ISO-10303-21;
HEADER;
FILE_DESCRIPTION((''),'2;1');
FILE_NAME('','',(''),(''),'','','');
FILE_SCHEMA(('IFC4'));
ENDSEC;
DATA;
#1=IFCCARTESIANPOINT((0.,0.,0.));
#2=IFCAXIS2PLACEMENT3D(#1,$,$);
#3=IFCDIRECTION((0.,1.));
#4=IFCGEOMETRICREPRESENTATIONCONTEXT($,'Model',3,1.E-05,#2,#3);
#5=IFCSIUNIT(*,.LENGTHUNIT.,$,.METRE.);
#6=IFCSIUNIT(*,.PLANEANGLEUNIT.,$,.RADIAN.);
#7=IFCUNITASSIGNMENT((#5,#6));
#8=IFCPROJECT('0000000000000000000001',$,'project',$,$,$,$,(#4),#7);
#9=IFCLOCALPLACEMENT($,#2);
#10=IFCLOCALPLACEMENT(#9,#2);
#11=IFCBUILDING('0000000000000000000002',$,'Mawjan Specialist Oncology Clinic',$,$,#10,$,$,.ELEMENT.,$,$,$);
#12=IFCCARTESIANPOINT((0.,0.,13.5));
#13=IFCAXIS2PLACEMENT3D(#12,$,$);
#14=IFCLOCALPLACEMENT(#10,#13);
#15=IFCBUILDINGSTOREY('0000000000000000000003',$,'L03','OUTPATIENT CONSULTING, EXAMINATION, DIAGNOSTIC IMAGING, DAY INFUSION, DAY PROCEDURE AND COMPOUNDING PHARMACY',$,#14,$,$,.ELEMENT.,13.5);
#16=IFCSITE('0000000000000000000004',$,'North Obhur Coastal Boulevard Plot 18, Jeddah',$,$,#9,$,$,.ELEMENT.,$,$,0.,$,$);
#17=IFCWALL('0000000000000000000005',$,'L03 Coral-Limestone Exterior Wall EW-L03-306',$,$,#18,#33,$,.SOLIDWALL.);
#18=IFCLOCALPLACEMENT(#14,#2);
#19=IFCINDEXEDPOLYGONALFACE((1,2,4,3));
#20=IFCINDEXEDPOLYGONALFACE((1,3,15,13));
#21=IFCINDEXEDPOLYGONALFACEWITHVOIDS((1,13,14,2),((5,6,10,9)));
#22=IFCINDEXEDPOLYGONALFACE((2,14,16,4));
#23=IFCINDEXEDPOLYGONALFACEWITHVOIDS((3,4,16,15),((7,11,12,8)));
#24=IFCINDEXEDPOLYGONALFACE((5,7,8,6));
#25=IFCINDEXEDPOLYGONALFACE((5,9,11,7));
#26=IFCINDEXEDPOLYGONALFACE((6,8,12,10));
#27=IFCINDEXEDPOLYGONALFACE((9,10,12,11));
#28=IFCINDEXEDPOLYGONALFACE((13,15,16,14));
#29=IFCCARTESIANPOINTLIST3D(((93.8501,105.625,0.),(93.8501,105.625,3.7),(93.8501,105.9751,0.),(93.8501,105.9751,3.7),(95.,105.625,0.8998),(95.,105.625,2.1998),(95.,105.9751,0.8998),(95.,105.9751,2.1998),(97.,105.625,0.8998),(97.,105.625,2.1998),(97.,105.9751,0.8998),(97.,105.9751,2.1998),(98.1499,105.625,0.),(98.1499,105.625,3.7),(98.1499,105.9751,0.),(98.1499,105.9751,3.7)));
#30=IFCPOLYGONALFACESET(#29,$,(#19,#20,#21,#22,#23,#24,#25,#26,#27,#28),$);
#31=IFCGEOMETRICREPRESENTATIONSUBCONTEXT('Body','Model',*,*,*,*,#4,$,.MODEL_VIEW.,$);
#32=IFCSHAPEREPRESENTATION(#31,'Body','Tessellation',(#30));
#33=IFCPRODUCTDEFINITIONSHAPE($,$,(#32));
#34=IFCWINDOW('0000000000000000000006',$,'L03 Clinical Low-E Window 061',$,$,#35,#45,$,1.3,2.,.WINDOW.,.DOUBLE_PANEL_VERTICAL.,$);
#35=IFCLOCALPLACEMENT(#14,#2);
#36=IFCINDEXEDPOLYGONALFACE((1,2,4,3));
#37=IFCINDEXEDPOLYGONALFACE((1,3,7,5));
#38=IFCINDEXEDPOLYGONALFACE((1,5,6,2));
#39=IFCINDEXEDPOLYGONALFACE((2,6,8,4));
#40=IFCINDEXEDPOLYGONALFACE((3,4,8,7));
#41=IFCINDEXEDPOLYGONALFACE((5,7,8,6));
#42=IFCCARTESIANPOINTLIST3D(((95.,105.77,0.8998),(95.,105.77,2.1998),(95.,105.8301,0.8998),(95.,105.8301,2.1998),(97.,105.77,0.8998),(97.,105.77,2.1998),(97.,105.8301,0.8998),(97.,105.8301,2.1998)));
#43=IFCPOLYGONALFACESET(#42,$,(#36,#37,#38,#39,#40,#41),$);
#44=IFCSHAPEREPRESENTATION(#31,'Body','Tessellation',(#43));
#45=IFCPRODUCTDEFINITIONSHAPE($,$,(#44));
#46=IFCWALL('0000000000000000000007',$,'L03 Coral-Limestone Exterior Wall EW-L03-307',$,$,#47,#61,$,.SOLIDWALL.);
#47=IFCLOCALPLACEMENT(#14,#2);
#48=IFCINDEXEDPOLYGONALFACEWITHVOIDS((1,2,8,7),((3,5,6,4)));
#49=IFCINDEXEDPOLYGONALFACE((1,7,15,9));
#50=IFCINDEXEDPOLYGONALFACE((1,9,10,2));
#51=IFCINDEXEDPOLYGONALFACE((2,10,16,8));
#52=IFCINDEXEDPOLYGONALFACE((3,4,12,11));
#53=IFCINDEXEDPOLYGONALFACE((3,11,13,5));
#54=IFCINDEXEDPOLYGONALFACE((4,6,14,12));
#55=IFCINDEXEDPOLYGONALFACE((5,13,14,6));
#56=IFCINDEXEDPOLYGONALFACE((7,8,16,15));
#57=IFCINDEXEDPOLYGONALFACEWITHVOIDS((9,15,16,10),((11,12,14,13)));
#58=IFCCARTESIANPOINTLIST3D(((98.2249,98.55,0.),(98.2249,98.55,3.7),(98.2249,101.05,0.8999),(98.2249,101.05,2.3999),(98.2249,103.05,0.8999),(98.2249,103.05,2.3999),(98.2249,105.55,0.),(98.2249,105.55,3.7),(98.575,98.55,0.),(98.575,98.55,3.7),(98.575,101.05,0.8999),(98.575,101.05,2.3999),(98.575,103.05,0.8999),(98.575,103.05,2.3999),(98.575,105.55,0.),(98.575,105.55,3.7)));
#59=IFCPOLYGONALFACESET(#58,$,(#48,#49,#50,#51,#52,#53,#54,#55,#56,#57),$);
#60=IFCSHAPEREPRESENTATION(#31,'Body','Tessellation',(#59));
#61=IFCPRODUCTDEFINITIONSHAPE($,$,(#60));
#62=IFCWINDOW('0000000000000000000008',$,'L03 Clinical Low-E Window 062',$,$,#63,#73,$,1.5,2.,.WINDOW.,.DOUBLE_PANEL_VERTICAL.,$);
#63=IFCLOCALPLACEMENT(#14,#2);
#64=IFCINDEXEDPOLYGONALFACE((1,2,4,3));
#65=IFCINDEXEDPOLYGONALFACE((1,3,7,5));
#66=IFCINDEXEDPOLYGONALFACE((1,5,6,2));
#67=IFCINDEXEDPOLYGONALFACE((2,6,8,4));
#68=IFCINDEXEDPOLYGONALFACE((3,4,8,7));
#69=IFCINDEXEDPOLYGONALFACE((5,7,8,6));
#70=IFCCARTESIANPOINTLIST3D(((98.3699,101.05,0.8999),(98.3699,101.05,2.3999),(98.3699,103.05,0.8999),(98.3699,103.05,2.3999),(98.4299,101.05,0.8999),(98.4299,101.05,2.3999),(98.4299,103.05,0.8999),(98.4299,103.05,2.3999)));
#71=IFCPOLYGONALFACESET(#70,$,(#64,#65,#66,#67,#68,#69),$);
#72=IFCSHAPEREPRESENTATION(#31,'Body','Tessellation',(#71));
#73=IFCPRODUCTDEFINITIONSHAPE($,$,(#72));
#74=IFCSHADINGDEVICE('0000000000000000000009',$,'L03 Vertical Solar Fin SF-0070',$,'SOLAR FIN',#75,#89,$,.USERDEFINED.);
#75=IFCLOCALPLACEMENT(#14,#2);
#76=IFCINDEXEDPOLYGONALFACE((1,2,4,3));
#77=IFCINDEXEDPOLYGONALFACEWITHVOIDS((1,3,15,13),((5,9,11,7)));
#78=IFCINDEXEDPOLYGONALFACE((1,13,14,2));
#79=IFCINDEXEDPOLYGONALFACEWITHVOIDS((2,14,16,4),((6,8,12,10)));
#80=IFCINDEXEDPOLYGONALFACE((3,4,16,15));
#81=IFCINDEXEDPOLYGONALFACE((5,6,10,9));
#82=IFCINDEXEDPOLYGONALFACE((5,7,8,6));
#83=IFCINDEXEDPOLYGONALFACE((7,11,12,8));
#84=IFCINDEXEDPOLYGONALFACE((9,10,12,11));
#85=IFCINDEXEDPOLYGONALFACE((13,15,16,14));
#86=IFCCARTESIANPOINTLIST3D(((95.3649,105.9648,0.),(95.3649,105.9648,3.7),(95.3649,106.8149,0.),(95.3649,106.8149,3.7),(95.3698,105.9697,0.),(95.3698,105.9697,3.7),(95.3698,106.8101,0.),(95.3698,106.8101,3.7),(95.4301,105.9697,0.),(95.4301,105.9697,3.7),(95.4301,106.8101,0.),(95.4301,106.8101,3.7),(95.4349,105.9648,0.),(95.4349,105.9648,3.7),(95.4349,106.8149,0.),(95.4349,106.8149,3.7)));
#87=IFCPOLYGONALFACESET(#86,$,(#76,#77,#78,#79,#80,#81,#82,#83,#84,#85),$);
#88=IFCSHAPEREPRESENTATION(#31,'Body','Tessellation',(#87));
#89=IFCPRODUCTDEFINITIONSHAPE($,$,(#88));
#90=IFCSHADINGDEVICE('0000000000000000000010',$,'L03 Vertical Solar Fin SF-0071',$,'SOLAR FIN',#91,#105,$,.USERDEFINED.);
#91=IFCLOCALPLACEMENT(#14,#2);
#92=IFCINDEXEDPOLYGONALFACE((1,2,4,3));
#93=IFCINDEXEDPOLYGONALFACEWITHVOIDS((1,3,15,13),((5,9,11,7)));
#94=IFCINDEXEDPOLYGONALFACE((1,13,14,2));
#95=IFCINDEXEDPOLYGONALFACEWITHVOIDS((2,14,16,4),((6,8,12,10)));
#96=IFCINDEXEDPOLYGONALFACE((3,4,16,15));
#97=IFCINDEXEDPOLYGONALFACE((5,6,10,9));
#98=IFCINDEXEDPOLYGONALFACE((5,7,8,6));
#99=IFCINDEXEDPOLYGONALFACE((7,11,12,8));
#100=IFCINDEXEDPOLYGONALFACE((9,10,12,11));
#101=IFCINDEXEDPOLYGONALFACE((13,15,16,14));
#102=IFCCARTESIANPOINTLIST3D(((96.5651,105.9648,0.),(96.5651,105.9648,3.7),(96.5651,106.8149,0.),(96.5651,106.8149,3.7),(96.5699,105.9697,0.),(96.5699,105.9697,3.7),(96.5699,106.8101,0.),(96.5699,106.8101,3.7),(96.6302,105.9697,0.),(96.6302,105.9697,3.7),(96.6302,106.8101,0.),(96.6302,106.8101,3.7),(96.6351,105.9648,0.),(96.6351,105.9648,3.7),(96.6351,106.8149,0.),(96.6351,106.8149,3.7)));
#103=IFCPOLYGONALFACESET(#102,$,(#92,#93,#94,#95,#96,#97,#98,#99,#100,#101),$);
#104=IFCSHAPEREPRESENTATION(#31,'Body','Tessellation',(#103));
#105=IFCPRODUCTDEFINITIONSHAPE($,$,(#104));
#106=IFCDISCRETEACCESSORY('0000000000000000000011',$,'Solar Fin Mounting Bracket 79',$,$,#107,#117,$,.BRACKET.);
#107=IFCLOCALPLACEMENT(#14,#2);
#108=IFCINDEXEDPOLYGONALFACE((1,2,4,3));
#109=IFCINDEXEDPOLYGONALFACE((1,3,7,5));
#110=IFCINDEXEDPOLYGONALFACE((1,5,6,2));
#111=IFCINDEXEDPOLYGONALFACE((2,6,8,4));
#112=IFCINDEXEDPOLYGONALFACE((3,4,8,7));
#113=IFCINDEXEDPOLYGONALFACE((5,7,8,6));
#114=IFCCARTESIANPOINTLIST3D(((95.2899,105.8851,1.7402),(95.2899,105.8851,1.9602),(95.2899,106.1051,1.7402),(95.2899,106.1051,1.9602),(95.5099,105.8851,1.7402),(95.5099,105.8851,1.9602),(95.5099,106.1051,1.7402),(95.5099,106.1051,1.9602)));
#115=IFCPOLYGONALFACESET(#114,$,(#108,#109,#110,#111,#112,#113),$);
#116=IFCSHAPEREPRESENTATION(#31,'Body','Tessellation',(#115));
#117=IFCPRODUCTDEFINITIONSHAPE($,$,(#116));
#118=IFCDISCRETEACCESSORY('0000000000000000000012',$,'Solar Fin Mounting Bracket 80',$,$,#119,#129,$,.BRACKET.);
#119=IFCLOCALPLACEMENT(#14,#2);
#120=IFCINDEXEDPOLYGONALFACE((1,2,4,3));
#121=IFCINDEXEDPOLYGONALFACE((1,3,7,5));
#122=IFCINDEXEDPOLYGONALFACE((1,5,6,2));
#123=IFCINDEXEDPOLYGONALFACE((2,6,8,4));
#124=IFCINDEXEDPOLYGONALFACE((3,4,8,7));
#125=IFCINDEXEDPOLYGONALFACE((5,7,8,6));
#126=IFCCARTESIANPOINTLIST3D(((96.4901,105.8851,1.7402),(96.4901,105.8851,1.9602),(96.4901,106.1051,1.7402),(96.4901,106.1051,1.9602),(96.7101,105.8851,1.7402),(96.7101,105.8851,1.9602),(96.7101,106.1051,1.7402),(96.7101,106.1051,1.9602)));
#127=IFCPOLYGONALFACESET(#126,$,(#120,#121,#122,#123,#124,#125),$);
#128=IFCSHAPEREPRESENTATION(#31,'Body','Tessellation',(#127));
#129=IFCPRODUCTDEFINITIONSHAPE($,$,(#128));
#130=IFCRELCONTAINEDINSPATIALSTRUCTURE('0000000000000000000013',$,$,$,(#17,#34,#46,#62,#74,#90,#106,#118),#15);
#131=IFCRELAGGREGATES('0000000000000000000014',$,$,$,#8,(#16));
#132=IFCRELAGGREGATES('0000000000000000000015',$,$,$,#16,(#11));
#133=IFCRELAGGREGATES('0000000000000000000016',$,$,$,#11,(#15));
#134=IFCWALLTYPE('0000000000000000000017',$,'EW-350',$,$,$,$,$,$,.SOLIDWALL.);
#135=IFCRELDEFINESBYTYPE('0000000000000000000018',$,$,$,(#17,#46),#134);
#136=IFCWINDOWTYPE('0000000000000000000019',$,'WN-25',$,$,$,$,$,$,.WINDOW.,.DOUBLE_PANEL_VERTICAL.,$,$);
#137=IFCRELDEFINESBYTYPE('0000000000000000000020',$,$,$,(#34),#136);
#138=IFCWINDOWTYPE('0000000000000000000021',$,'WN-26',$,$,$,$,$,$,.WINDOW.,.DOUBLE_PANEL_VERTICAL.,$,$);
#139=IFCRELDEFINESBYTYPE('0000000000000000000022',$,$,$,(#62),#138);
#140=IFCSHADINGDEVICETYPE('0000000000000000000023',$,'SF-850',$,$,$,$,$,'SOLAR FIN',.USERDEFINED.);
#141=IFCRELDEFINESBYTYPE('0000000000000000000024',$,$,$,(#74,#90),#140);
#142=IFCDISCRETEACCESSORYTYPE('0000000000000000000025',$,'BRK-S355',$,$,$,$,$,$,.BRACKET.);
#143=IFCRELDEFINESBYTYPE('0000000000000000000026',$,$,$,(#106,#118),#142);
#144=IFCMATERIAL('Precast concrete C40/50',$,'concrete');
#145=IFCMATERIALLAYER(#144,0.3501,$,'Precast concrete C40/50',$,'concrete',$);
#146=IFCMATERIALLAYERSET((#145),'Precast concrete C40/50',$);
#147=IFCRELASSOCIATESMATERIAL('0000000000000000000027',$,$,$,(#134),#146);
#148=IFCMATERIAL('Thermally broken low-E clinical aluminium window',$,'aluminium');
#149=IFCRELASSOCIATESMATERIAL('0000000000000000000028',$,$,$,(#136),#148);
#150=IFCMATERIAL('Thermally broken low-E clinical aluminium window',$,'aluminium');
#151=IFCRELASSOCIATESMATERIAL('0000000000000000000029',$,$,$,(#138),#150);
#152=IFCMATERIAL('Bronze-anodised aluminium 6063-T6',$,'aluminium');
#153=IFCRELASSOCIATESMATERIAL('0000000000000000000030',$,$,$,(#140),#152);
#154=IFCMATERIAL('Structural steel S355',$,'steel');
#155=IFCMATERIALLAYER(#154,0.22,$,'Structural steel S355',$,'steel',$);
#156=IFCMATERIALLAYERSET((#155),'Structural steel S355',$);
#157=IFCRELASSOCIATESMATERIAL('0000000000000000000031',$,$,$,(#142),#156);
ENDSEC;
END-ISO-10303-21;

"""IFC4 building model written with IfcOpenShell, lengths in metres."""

from ifc_helpers import new_model, si_unit, direction, frame, frame_2d, origin, origin_2d, place, context, subcontext, project, spatial, rectangle, hollow_rectangle, extrude, material, layer, layer_set, material_profile, profile_set, type_object, element, fill, save


model = new_model("IFC4")

# Units and contexts
model_context = context("Model", 3, precision=1e-05, world=origin(), true_north=direction((0.0, 1.0)))
body_context = subcontext(model_context, "Body", "Model", "MODEL_VIEW")
ifc_project = project(units=[si_unit("LENGTHUNIT", "METRE"), si_unit("PLANEANGLEUNIT", "RADIAN")], contexts=[model_context])

# Site, building, storey
site_placement = place(None, origin())
site = spatial("IfcSite", under=ifc_project, at=site_placement, Name="North Obhur Coastal Boulevard Plot 18, Jeddah", CompositionType="ELEMENT", RefElevation=0.0)
building_placement = place(site_placement, origin())
building = spatial("IfcBuilding", under=site, at=building_placement, Name="Mawjan Specialist Oncology Clinic", CompositionType="ELEMENT")
storey_placement = place(building_placement, frame((0.0, 0.0, 13.5)))
storey = spatial("IfcBuildingStorey", under=building, at=storey_placement, Name="L03", Description="OUTPATIENT CONSULTING, EXAMINATION, DIAGNOSTIC IMAGING, DAY INFUSION, DAY PROCEDURE AND COMPOUNDING PHARMACY", CompositionType="ELEMENT", Elevation=13.5)

# Shared definitions
ifc_material_1 = material(Name="Precast concrete C40/50", Category="concrete")
ifc_layer_1 = layer(ifc_material_1, 0.3501, Name="Precast concrete C40/50", Category="concrete")
ifc_layer_set_1 = layer_set([ifc_layer_1], Name="Precast concrete C40/50")
wall_type = type_object("IfcWallType", Name="EW-350", PredefinedType="SOLIDWALL", material=ifc_layer_set_1)

# Walls, openings, windows
wall_1_placement = place(storey_placement, frame((93.8501, 105.8, 0.0), z_axis=(0.0, 0.0, 1.0), x_axis=(1.0, 0.0, 0.0)))
wall_1 = element("IfcWall", 1, at=wall_1_placement, inside=storey, type_object=wall_type, Name="L03 Coral-Limestone Exterior Wall EW-L03-306", PredefinedType="SOLIDWALL", context=body_context, shape_type="SweptSolid", body=[
    extrude(rectangle(XDim=4.2998, YDim=0.3501, at=frame_2d((2.1499, 0.0))), origin(), (0.0, 0.0, 1.0), 3.7),
])
opening_1_placement = place(wall_1_placement, frame((1.1499, 0.0, 0.8999)))
opening_1 = element("IfcOpeningElement", 2, at=opening_1_placement, cuts=wall_1, PredefinedType="OPENING", context=body_context, shape_type="SweptSolid", body=[
    extrude(rectangle(XDim=2.0, YDim=1.3, at=frame_2d((1.0, 0.6499))), frame((0.0, 0.187, 0.0), z_axis=(0.0, -1.0, 0.0), x_axis=(1.0, 0.0, 0.0)), (0.0, 0.0, 1.0), 0.374),
])
ifc_material_2 = material(Name="Thermally broken low-E clinical aluminium window", Category="aluminium")
window_type_1 = type_object("IfcWindowType", Name="WN-25", PartitioningType="DOUBLE_PANEL_VERTICAL", PredefinedType="WINDOW", material=ifc_material_2)
window_1_placement = place(opening_1_placement, origin())
window_1 = element("IfcWindow", 3, at=window_1_placement, inside=storey, type_object=window_type_1, Name="L03 Clinical Low-E Window 061", OverallHeight=1.3, OverallWidth=2.0, PartitioningType="DOUBLE_PANEL_VERTICAL", PredefinedType="WINDOW", context=body_context, shape_type="SweptSolid", body=[
    extrude(rectangle(XDim=2.0, YDim=1.3, at=frame_2d((1.0, 0.6499))), frame((0.0, 0.03, 0.0), z_axis=(0.0, -1.0, 0.0), x_axis=(1.0, 0.0, 0.0)), (0.0, 0.0, 1.0), 0.0601),
])
fill(opening_1, window_1)
wall_2_placement = place(storey_placement, frame((98.3999, 105.55, 0.0), z_axis=(0.0, 0.0, 1.0), x_axis=(0.0, -1.0, 0.0)))
wall_2 = element("IfcWall", 4, at=wall_2_placement, inside=storey, type_object=wall_type, Name="L03 Coral-Limestone Exterior Wall EW-L03-307", PredefinedType="SOLIDWALL", context=body_context, shape_type="SweptSolid", body=[
    extrude(rectangle(XDim=7.0, YDim=0.3501, at=frame_2d((3.5, 0.0))), origin(), (0.0, 0.0, 1.0), 3.7),
])
opening_2_placement = place(wall_2_placement, frame((2.5, 0.0, 0.8999)))
opening_2 = element("IfcOpeningElement", 5, at=opening_2_placement, cuts=wall_2, PredefinedType="OPENING", context=body_context, shape_type="SweptSolid", body=[
    extrude(rectangle(XDim=2.0, YDim=1.5, at=frame_2d((1.0, 0.75))), frame((0.0, 0.187, 0.0), z_axis=(0.0, -1.0, 0.0), x_axis=(1.0, 0.0, 0.0)), (0.0, 0.0, 1.0), 0.374),
])
ifc_material_3 = material(Name="Thermally broken low-E clinical aluminium window", Category="aluminium")
window_type_2 = type_object("IfcWindowType", Name="WN-26", PartitioningType="DOUBLE_PANEL_VERTICAL", PredefinedType="WINDOW", material=ifc_material_3)
window_2_placement = place(opening_2_placement, origin())
window_2 = element("IfcWindow", 6, at=window_2_placement, inside=storey, type_object=window_type_2, Name="L03 Clinical Low-E Window 062", OverallHeight=1.5, OverallWidth=2.0, PartitioningType="DOUBLE_PANEL_VERTICAL", PredefinedType="WINDOW", context=body_context, shape_type="SweptSolid", body=[
    extrude(rectangle(XDim=2.0, YDim=1.5, at=frame_2d((1.0, 0.75))), frame((0.0, 0.03, 0.0), z_axis=(0.0, -1.0, 0.0), x_axis=(1.0, 0.0, 0.0)), (0.0, 0.0, 1.0), 0.0601),
])
fill(opening_2, window_2)

# Shading devices
ifc_material_4 = material(Name="Bronze-anodised aluminium 6063-T6", Category="aluminium")
ifc_material_profile_1 = material_profile(ifc_material_4, hollow_rectangle(XDim=0.0701, YDim=0.8501, WallThickness=0.0049, at=origin_2d()), Name="FIN 850x70x5", Category="aluminium")
ifc_profile_set_1 = profile_set([ifc_material_profile_1], Name="Bronze-anodised aluminium 6063-T6")
shading_device_type = type_object("IfcShadingDeviceType", Name="SF-850", ElementType="SOLAR FIN", PredefinedType="USERDEFINED", material=ifc_profile_set_1)
for number, where, z_axis, x_axis, name in (
    (7, (95.3999, 106.3899, 0.0), (0.0, 0.0, 1.0), (1.0, 0.0, 0.0), "L03 Vertical Solar Fin SF-0070"),
    (8, (96.6001, 106.3899, 0.0), (0.0, 0.0, 1.0), (1.0, 0.0, 0.0), "L03 Vertical Solar Fin SF-0071"),
):
    element("IfcShadingDevice", number, at=place(storey_placement, frame(where, z_axis=z_axis, x_axis=x_axis)), inside=storey, type_object=shading_device_type, Name=name, ObjectType="SOLAR FIN", PredefinedType="USERDEFINED", context=body_context, shape_type="SweptSolid", body=[
        extrude(hollow_rectangle(XDim=0.0701, YDim=0.8501, WallThickness=0.0049, at=origin_2d()), origin(), (0.0, 0.0, 1.0), 3.7),
    ])

# Discrete accessories
ifc_material_5 = material(Name="Structural steel S355", Category="steel")
ifc_layer_2 = layer(ifc_material_5, 0.22, Name="Structural steel S355", Category="steel")
ifc_layer_set_2 = layer_set([ifc_layer_2], Name="Structural steel S355")
discrete_accessory_type = type_object("IfcDiscreteAccessoryType", Name="BRK-S355", PredefinedType="BRACKET", material=ifc_layer_set_2)
for number, where, z_axis, x_axis, name in (
    (9, (95.3999, 105.9951, 1.7402), (0.0, 0.0, 1.0), (1.0, 0.0, 0.0), "Solar Fin Mounting Bracket 79"),
    (10, (96.6001, 105.9951, 1.7402), (0.0, 0.0, 1.0), (1.0, 0.0, 0.0), "Solar Fin Mounting Bracket 80"),
):
    element("IfcDiscreteAccessory", number, at=place(storey_placement, frame(where, z_axis=z_axis, x_axis=x_axis)), inside=storey, type_object=discrete_accessory_type, Name=name, PredefinedType="BRACKET", context=body_context, shape_type="SweptSolid", body=[
        extrude(rectangle(XDim=0.22, YDim=0.22, at=origin_2d()), origin(), (0.0, 0.0, 1.0), 0.22),
    ])

save(model, "model.ifc")
